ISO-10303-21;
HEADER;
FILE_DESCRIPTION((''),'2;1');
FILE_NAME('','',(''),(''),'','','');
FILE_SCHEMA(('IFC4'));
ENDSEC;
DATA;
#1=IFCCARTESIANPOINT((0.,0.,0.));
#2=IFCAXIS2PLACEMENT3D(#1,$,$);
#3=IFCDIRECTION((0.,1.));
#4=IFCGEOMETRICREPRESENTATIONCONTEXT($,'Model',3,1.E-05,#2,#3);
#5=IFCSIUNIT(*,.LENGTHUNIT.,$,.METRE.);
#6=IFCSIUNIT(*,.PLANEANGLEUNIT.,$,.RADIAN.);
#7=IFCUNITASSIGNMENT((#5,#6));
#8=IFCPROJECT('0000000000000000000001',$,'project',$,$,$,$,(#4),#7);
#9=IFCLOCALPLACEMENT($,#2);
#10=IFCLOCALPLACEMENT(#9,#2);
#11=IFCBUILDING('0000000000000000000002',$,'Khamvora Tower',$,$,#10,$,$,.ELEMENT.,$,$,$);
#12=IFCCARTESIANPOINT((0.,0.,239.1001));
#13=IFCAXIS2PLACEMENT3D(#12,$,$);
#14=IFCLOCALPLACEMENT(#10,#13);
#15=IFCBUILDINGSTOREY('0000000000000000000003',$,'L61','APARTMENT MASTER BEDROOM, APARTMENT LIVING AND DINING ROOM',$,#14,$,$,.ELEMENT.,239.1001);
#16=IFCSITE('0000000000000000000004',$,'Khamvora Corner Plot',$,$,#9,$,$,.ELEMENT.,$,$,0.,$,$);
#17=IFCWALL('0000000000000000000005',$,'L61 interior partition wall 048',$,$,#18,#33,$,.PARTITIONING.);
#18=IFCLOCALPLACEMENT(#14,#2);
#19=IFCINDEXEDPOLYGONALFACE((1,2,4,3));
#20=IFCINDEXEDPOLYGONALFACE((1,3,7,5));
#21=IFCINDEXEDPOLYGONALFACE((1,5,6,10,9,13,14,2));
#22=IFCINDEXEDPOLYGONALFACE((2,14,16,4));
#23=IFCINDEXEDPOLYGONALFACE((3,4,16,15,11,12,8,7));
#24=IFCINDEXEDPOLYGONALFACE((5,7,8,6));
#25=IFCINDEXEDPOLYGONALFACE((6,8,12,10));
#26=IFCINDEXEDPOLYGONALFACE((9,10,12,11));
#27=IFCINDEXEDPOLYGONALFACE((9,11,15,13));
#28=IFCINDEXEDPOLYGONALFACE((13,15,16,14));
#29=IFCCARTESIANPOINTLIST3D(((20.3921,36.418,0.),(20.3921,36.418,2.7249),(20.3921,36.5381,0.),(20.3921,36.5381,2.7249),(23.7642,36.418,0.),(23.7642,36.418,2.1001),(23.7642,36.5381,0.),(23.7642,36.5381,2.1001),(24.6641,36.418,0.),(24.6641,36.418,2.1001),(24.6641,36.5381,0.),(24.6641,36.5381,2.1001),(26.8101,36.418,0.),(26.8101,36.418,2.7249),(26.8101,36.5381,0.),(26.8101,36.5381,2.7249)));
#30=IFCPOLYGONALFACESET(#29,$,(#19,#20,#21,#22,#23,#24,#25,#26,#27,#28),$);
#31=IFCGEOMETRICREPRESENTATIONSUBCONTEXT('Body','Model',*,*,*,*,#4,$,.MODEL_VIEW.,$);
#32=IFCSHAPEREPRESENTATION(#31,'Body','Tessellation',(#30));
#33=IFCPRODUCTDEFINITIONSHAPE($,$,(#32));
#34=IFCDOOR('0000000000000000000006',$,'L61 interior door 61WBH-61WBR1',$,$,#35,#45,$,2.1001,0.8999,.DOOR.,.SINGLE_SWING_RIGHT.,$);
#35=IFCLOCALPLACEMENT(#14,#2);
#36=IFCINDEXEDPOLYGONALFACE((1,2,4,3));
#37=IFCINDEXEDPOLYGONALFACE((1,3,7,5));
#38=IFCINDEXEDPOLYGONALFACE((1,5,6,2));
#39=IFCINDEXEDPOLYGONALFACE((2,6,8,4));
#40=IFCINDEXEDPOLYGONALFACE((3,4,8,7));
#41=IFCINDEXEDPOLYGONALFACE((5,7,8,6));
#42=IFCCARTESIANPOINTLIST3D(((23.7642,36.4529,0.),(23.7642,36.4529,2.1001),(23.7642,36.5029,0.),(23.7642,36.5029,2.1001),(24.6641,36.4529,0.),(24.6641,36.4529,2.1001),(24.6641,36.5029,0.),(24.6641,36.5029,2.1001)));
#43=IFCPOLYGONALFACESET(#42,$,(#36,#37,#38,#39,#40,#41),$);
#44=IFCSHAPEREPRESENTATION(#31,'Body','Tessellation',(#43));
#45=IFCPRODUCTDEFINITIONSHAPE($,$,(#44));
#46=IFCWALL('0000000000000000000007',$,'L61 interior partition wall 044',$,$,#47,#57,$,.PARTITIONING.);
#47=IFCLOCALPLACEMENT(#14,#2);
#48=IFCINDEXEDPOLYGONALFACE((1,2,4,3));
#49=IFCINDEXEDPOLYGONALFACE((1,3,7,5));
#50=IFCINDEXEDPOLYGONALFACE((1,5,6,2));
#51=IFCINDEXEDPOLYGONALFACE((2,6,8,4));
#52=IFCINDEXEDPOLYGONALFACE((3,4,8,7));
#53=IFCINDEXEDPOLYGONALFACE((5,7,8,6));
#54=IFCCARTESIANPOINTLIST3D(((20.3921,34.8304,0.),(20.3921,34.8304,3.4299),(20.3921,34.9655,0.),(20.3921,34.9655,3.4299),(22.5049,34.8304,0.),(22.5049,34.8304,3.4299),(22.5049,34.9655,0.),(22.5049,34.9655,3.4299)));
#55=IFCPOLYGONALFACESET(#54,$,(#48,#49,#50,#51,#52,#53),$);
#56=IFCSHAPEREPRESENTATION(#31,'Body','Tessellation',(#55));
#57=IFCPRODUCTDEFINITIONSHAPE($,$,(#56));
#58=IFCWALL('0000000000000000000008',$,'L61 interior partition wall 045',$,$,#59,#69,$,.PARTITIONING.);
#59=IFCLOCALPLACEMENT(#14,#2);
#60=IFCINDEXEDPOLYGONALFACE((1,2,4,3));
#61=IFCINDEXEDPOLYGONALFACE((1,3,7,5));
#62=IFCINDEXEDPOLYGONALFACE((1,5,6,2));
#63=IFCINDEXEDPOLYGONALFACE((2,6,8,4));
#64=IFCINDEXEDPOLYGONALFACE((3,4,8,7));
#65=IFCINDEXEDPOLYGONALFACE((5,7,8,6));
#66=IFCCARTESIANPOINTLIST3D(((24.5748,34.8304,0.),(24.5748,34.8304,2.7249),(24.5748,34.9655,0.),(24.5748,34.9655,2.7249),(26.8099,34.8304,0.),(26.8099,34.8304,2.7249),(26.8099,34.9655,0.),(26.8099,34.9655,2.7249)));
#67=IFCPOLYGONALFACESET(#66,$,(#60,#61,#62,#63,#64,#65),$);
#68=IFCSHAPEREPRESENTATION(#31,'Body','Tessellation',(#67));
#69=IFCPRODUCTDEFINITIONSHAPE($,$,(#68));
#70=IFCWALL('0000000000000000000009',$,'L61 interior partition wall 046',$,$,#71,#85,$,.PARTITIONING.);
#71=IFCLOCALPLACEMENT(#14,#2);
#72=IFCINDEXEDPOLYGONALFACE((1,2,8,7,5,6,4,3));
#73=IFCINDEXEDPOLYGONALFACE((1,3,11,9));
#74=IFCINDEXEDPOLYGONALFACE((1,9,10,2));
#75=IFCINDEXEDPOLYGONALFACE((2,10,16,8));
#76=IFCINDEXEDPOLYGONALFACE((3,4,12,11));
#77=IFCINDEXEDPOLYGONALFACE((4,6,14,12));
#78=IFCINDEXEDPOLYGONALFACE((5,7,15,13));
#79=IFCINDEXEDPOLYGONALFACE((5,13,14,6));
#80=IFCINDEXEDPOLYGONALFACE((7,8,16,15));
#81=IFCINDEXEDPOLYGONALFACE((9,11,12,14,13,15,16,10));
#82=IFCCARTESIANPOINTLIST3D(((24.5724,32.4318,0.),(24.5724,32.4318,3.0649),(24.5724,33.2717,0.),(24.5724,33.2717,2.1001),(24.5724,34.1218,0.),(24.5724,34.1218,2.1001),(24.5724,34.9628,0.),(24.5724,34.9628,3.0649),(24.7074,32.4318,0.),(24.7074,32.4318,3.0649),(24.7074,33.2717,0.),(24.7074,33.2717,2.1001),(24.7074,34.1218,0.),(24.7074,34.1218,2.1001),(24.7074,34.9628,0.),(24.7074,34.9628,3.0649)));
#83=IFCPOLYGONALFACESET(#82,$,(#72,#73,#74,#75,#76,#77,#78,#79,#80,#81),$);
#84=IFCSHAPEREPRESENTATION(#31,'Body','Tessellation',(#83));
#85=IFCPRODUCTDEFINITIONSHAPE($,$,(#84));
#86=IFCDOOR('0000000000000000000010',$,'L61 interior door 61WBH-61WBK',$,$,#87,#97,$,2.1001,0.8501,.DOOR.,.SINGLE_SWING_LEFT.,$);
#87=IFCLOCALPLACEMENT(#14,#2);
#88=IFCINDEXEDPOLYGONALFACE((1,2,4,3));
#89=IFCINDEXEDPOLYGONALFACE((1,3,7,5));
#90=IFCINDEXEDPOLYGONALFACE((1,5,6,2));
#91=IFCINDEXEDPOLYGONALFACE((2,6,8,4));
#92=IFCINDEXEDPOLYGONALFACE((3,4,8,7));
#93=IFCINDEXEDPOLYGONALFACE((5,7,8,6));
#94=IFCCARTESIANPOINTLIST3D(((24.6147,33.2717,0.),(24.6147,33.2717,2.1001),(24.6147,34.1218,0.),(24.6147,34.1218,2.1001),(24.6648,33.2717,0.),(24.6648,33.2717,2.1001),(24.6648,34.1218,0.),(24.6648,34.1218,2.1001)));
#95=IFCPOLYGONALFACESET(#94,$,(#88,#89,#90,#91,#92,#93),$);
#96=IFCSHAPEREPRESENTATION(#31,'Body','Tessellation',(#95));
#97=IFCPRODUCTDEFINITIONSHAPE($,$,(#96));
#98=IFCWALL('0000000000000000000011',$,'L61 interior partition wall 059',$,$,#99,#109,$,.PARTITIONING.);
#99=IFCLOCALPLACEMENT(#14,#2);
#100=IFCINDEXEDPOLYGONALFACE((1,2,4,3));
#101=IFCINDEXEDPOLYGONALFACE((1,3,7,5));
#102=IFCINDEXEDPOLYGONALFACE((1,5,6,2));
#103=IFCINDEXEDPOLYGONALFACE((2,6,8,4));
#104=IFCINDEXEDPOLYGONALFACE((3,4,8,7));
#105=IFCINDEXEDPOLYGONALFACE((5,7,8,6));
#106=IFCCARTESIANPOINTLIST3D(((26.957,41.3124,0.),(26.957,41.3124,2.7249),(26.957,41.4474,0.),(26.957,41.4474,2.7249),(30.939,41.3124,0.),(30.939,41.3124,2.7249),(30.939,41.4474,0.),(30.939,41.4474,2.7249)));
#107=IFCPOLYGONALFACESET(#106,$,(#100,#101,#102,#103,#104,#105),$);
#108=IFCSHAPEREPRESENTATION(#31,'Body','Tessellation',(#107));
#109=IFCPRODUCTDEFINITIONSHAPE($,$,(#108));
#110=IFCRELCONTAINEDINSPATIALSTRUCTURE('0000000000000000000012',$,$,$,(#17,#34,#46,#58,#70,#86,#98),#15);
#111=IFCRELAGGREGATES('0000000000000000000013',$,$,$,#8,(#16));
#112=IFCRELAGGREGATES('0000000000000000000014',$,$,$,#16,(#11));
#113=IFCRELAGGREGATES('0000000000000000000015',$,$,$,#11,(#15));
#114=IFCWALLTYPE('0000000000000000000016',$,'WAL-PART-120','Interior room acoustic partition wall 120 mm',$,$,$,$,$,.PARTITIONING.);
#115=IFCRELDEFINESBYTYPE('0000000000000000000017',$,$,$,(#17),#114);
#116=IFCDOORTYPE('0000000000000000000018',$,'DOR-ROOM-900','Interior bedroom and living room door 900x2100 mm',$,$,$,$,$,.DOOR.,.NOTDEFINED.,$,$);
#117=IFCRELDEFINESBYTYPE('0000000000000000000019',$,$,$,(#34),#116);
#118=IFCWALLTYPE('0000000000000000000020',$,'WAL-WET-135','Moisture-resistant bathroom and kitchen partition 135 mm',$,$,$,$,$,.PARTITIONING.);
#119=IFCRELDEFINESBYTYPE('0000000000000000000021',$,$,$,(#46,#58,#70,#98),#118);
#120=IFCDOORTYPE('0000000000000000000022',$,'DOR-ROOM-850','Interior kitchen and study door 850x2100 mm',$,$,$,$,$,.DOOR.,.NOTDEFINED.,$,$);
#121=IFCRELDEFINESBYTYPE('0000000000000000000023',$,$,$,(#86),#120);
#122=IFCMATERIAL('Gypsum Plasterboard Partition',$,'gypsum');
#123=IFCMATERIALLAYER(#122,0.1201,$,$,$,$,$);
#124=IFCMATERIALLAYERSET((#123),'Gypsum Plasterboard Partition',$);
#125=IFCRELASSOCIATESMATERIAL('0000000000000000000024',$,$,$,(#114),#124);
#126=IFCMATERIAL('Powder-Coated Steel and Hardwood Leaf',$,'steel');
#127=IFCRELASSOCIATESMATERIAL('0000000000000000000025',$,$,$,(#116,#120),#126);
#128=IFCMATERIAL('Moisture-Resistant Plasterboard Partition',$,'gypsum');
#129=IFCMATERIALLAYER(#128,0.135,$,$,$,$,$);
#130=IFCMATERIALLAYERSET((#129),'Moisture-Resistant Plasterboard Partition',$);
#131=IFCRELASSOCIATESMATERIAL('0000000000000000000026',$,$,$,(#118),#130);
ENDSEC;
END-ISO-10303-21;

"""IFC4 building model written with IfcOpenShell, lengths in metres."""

from ifc_helpers import new_model, si_unit, direction, frame, frame_2d, origin, place, context, subcontext, project, spatial, rectangle, extrude, material, layer, layer_set, type_object, element, fill, save


model = new_model("IFC4")

# Units and contexts
model_context = context("Model", 3, precision=1e-05, world=origin(), true_north=direction((0.0, 1.0)))
body_context = subcontext(model_context, "Body", "Model", "MODEL_VIEW")
ifc_project = project(units=[si_unit("LENGTHUNIT", "METRE"), si_unit("PLANEANGLEUNIT", "RADIAN")], contexts=[model_context])

# Site, building, storey
site_placement = place(None, origin())
site = spatial("IfcSite", under=ifc_project, at=site_placement, Name="Khamvora Corner Plot", CompositionType="ELEMENT", RefElevation=0.0)
building_placement = place(site_placement, origin())
building = spatial("IfcBuilding", under=site, at=building_placement, Name="Khamvora Tower", CompositionType="ELEMENT")
storey_placement = place(building_placement, frame((0.0, 0.0, 239.1001)))
storey = spatial("IfcBuildingStorey", under=building, at=storey_placement, Name="L61", Description="APARTMENT MASTER BEDROOM, APARTMENT LIVING AND DINING ROOM", CompositionType="ELEMENT", Elevation=239.1001)

# Shared definitions
ifc_material_1 = material(Name="Gypsum Plasterboard Partition", Category="gypsum")
ifc_layer_1 = layer(ifc_material_1, 0.1201)
ifc_layer_set_1 = layer_set([ifc_layer_1], Name="Gypsum Plasterboard Partition")
wall_type_1 = type_object("IfcWallType", Name="WAL-PART-120", Description="Interior room acoustic partition wall 120 mm", PredefinedType="PARTITIONING", material=ifc_layer_set_1)

# Wall, opening, door
wall_1_placement = place(storey_placement, frame((20.3921, 36.478, 0.0), z_axis=(0.0, 0.0, 1.0), x_axis=(1.0, 0.0, 0.0)))
wall_1 = element("IfcWall", 1, at=wall_1_placement, inside=storey, type_object=wall_type_1, Name="L61 interior partition wall 048", PredefinedType="PARTITIONING", context=body_context, shape_type="SweptSolid", body=[
    extrude(rectangle(XDim=6.418, YDim=0.1201, at=frame_2d((3.209, 0.0))), origin(), (0.0, 0.0, 1.0), 2.7249),
])
opening_1_placement = place(wall_1_placement, frame((3.3721, 0.0, 0.0)))
opening_1 = element("IfcOpeningElement", 2, at=opening_1_placement, cuts=wall_1, PredefinedType="OPENING", context=body_context, shape_type="SweptSolid", body=[
    extrude(rectangle(XDim=0.8999, YDim=2.1001, at=frame_2d((0.45, 1.05))), frame((0.0, 0.0701, 0.0), z_axis=(0.0, -1.0, 0.0), x_axis=(1.0, 0.0, 0.0)), (0.0, 0.0, 1.0), 0.1401),
])
ifc_material_2 = material(Name="Powder-Coated Steel and Hardwood Leaf", Category="steel")
door_type_1 = type_object("IfcDoorType", Name="DOR-ROOM-900", Description="Interior bedroom and living room door 900x2100 mm", OperationType="NOTDEFINED", PredefinedType="DOOR", material=ifc_material_2)
door_1_placement = place(opening_1_placement, origin())
door_1 = element("IfcDoor", 3, at=door_1_placement, inside=storey, type_object=door_type_1, Name="L61 interior door 61WBH-61WBR1", OperationType="SINGLE_SWING_RIGHT", OverallHeight=2.1001, OverallWidth=0.8999, PredefinedType="DOOR", context=body_context, shape_type="SweptSolid", body=[
    extrude(rectangle(XDim=0.8999, YDim=2.1001, at=frame_2d((0.45, 1.05))), frame((0.0, 0.0249, 0.0), z_axis=(0.0, -1.0, 0.0), x_axis=(1.0, 0.0, 0.0)), (0.0, 0.0, 1.0), 0.05),
])
fill(opening_1, door_1)

# Walls
ifc_material_3 = material(Name="Moisture-Resistant Plasterboard Partition", Category="gypsum")
ifc_layer_2 = layer(ifc_material_3, 0.135)
ifc_layer_set_2 = layer_set([ifc_layer_2], Name="Moisture-Resistant Plasterboard Partition")
wall_type_2 = type_object("IfcWallType", Name="WAL-WET-135", Description="Moisture-resistant bathroom and kitchen partition 135 mm", PredefinedType="PARTITIONING", material=ifc_layer_set_2)
wall_2_placement = place(storey_placement, frame((22.5049, 34.8979, 0.0), z_axis=(0.0, 0.0, 1.0), x_axis=(-1.0, 0.0, 0.0)))
element("IfcWall", 4, at=wall_2_placement, inside=storey, type_object=wall_type_2, Name="L61 interior partition wall 044", PredefinedType="PARTITIONING", context=body_context, shape_type="SweptSolid", body=[
    extrude(rectangle(XDim=2.1128, YDim=0.135, at=frame_2d((1.0564, 0.0))), origin(), (0.0, 0.0, 1.0), 3.4299),
])
wall_3_placement = place(storey_placement, frame((26.8101, 34.8979, 0.0), z_axis=(0.0, 0.0, 1.0), x_axis=(-1.0, 0.0, 0.0)))
element("IfcWall", 5, at=wall_3_placement, inside=storey, type_object=wall_type_2, Name="L61 interior partition wall 045", PredefinedType="PARTITIONING", context=body_context, shape_type="SweptSolid", body=[
    extrude(rectangle(XDim=2.2351, YDim=0.135, at=frame_2d((1.1177, 0.0))), origin(), (0.0, 0.0, 1.0), 2.7249),
])

# Wall, opening, door
wall_4_placement = place(storey_placement, frame((24.6399, 34.9629, 0.0), z_axis=(0.0, 0.0, 1.0), x_axis=(0.0, -1.0, 0.0)))
wall_4 = element("IfcWall", 6, at=wall_4_placement, inside=storey, type_object=wall_type_2, Name="L61 interior partition wall 046", PredefinedType="PARTITIONING", context=body_context, shape_type="SweptSolid", body=[
    extrude(rectangle(XDim=2.531, YDim=0.135, at=frame_2d((1.2656, 0.0))), origin(), (0.0, 0.0, 1.0), 3.0649),
])
opening_2_placement = place(wall_4_placement, frame((0.8411, 0.0, 0.0)))
opening_2 = element("IfcOpeningElement", 7, at=opening_2_placement, cuts=wall_4, PredefinedType="OPENING", context=body_context, shape_type="SweptSolid", body=[
    extrude(rectangle(XDim=0.8501, YDim=2.1001, at=frame_2d((0.425, 1.05))), frame((0.0, 0.0774, 0.0), z_axis=(0.0, -1.0, 0.0), x_axis=(1.0, 0.0, 0.0)), (0.0, 0.0, 1.0), 0.155),
])
door_type_2 = type_object("IfcDoorType", Name="DOR-ROOM-850", Description="Interior kitchen and study door 850x2100 mm", OperationType="NOTDEFINED", PredefinedType="DOOR", material=ifc_material_2)
door_2_placement = place(opening_2_placement, origin())
door_2 = element("IfcDoor", 8, at=door_2_placement, inside=storey, type_object=door_type_2, Name="L61 interior door 61WBH-61WBK", OperationType="SINGLE_SWING_LEFT", OverallHeight=2.1001, OverallWidth=0.8501, PredefinedType="DOOR", context=body_context, shape_type="SweptSolid", body=[
    extrude(rectangle(XDim=0.8501, YDim=2.1001, at=frame_2d((0.425, 1.05))), frame((0.0, 0.0249, 0.0), z_axis=(0.0, -1.0, 0.0), x_axis=(1.0, 0.0, 0.0)), (0.0, 0.0, 1.0), 0.05),
])
fill(opening_2, door_2)

# Wall
wall_5_placement = place(storey_placement, frame((26.957, 41.3799, 0.0), z_axis=(0.0, 0.0, 1.0), x_axis=(1.0, 0.0, 0.0)))
element("IfcWall", 9, at=wall_5_placement, inside=storey, type_object=wall_type_2, Name="L61 interior partition wall 059", PredefinedType="PARTITIONING", context=body_context, shape_type="SweptSolid", body=[
    extrude(rectangle(XDim=3.9819, YDim=0.135, at=frame_2d((1.991, 0.0))), origin(), (0.0, 0.0, 1.0), 2.7249),
])

save(model, "model.ifc")
